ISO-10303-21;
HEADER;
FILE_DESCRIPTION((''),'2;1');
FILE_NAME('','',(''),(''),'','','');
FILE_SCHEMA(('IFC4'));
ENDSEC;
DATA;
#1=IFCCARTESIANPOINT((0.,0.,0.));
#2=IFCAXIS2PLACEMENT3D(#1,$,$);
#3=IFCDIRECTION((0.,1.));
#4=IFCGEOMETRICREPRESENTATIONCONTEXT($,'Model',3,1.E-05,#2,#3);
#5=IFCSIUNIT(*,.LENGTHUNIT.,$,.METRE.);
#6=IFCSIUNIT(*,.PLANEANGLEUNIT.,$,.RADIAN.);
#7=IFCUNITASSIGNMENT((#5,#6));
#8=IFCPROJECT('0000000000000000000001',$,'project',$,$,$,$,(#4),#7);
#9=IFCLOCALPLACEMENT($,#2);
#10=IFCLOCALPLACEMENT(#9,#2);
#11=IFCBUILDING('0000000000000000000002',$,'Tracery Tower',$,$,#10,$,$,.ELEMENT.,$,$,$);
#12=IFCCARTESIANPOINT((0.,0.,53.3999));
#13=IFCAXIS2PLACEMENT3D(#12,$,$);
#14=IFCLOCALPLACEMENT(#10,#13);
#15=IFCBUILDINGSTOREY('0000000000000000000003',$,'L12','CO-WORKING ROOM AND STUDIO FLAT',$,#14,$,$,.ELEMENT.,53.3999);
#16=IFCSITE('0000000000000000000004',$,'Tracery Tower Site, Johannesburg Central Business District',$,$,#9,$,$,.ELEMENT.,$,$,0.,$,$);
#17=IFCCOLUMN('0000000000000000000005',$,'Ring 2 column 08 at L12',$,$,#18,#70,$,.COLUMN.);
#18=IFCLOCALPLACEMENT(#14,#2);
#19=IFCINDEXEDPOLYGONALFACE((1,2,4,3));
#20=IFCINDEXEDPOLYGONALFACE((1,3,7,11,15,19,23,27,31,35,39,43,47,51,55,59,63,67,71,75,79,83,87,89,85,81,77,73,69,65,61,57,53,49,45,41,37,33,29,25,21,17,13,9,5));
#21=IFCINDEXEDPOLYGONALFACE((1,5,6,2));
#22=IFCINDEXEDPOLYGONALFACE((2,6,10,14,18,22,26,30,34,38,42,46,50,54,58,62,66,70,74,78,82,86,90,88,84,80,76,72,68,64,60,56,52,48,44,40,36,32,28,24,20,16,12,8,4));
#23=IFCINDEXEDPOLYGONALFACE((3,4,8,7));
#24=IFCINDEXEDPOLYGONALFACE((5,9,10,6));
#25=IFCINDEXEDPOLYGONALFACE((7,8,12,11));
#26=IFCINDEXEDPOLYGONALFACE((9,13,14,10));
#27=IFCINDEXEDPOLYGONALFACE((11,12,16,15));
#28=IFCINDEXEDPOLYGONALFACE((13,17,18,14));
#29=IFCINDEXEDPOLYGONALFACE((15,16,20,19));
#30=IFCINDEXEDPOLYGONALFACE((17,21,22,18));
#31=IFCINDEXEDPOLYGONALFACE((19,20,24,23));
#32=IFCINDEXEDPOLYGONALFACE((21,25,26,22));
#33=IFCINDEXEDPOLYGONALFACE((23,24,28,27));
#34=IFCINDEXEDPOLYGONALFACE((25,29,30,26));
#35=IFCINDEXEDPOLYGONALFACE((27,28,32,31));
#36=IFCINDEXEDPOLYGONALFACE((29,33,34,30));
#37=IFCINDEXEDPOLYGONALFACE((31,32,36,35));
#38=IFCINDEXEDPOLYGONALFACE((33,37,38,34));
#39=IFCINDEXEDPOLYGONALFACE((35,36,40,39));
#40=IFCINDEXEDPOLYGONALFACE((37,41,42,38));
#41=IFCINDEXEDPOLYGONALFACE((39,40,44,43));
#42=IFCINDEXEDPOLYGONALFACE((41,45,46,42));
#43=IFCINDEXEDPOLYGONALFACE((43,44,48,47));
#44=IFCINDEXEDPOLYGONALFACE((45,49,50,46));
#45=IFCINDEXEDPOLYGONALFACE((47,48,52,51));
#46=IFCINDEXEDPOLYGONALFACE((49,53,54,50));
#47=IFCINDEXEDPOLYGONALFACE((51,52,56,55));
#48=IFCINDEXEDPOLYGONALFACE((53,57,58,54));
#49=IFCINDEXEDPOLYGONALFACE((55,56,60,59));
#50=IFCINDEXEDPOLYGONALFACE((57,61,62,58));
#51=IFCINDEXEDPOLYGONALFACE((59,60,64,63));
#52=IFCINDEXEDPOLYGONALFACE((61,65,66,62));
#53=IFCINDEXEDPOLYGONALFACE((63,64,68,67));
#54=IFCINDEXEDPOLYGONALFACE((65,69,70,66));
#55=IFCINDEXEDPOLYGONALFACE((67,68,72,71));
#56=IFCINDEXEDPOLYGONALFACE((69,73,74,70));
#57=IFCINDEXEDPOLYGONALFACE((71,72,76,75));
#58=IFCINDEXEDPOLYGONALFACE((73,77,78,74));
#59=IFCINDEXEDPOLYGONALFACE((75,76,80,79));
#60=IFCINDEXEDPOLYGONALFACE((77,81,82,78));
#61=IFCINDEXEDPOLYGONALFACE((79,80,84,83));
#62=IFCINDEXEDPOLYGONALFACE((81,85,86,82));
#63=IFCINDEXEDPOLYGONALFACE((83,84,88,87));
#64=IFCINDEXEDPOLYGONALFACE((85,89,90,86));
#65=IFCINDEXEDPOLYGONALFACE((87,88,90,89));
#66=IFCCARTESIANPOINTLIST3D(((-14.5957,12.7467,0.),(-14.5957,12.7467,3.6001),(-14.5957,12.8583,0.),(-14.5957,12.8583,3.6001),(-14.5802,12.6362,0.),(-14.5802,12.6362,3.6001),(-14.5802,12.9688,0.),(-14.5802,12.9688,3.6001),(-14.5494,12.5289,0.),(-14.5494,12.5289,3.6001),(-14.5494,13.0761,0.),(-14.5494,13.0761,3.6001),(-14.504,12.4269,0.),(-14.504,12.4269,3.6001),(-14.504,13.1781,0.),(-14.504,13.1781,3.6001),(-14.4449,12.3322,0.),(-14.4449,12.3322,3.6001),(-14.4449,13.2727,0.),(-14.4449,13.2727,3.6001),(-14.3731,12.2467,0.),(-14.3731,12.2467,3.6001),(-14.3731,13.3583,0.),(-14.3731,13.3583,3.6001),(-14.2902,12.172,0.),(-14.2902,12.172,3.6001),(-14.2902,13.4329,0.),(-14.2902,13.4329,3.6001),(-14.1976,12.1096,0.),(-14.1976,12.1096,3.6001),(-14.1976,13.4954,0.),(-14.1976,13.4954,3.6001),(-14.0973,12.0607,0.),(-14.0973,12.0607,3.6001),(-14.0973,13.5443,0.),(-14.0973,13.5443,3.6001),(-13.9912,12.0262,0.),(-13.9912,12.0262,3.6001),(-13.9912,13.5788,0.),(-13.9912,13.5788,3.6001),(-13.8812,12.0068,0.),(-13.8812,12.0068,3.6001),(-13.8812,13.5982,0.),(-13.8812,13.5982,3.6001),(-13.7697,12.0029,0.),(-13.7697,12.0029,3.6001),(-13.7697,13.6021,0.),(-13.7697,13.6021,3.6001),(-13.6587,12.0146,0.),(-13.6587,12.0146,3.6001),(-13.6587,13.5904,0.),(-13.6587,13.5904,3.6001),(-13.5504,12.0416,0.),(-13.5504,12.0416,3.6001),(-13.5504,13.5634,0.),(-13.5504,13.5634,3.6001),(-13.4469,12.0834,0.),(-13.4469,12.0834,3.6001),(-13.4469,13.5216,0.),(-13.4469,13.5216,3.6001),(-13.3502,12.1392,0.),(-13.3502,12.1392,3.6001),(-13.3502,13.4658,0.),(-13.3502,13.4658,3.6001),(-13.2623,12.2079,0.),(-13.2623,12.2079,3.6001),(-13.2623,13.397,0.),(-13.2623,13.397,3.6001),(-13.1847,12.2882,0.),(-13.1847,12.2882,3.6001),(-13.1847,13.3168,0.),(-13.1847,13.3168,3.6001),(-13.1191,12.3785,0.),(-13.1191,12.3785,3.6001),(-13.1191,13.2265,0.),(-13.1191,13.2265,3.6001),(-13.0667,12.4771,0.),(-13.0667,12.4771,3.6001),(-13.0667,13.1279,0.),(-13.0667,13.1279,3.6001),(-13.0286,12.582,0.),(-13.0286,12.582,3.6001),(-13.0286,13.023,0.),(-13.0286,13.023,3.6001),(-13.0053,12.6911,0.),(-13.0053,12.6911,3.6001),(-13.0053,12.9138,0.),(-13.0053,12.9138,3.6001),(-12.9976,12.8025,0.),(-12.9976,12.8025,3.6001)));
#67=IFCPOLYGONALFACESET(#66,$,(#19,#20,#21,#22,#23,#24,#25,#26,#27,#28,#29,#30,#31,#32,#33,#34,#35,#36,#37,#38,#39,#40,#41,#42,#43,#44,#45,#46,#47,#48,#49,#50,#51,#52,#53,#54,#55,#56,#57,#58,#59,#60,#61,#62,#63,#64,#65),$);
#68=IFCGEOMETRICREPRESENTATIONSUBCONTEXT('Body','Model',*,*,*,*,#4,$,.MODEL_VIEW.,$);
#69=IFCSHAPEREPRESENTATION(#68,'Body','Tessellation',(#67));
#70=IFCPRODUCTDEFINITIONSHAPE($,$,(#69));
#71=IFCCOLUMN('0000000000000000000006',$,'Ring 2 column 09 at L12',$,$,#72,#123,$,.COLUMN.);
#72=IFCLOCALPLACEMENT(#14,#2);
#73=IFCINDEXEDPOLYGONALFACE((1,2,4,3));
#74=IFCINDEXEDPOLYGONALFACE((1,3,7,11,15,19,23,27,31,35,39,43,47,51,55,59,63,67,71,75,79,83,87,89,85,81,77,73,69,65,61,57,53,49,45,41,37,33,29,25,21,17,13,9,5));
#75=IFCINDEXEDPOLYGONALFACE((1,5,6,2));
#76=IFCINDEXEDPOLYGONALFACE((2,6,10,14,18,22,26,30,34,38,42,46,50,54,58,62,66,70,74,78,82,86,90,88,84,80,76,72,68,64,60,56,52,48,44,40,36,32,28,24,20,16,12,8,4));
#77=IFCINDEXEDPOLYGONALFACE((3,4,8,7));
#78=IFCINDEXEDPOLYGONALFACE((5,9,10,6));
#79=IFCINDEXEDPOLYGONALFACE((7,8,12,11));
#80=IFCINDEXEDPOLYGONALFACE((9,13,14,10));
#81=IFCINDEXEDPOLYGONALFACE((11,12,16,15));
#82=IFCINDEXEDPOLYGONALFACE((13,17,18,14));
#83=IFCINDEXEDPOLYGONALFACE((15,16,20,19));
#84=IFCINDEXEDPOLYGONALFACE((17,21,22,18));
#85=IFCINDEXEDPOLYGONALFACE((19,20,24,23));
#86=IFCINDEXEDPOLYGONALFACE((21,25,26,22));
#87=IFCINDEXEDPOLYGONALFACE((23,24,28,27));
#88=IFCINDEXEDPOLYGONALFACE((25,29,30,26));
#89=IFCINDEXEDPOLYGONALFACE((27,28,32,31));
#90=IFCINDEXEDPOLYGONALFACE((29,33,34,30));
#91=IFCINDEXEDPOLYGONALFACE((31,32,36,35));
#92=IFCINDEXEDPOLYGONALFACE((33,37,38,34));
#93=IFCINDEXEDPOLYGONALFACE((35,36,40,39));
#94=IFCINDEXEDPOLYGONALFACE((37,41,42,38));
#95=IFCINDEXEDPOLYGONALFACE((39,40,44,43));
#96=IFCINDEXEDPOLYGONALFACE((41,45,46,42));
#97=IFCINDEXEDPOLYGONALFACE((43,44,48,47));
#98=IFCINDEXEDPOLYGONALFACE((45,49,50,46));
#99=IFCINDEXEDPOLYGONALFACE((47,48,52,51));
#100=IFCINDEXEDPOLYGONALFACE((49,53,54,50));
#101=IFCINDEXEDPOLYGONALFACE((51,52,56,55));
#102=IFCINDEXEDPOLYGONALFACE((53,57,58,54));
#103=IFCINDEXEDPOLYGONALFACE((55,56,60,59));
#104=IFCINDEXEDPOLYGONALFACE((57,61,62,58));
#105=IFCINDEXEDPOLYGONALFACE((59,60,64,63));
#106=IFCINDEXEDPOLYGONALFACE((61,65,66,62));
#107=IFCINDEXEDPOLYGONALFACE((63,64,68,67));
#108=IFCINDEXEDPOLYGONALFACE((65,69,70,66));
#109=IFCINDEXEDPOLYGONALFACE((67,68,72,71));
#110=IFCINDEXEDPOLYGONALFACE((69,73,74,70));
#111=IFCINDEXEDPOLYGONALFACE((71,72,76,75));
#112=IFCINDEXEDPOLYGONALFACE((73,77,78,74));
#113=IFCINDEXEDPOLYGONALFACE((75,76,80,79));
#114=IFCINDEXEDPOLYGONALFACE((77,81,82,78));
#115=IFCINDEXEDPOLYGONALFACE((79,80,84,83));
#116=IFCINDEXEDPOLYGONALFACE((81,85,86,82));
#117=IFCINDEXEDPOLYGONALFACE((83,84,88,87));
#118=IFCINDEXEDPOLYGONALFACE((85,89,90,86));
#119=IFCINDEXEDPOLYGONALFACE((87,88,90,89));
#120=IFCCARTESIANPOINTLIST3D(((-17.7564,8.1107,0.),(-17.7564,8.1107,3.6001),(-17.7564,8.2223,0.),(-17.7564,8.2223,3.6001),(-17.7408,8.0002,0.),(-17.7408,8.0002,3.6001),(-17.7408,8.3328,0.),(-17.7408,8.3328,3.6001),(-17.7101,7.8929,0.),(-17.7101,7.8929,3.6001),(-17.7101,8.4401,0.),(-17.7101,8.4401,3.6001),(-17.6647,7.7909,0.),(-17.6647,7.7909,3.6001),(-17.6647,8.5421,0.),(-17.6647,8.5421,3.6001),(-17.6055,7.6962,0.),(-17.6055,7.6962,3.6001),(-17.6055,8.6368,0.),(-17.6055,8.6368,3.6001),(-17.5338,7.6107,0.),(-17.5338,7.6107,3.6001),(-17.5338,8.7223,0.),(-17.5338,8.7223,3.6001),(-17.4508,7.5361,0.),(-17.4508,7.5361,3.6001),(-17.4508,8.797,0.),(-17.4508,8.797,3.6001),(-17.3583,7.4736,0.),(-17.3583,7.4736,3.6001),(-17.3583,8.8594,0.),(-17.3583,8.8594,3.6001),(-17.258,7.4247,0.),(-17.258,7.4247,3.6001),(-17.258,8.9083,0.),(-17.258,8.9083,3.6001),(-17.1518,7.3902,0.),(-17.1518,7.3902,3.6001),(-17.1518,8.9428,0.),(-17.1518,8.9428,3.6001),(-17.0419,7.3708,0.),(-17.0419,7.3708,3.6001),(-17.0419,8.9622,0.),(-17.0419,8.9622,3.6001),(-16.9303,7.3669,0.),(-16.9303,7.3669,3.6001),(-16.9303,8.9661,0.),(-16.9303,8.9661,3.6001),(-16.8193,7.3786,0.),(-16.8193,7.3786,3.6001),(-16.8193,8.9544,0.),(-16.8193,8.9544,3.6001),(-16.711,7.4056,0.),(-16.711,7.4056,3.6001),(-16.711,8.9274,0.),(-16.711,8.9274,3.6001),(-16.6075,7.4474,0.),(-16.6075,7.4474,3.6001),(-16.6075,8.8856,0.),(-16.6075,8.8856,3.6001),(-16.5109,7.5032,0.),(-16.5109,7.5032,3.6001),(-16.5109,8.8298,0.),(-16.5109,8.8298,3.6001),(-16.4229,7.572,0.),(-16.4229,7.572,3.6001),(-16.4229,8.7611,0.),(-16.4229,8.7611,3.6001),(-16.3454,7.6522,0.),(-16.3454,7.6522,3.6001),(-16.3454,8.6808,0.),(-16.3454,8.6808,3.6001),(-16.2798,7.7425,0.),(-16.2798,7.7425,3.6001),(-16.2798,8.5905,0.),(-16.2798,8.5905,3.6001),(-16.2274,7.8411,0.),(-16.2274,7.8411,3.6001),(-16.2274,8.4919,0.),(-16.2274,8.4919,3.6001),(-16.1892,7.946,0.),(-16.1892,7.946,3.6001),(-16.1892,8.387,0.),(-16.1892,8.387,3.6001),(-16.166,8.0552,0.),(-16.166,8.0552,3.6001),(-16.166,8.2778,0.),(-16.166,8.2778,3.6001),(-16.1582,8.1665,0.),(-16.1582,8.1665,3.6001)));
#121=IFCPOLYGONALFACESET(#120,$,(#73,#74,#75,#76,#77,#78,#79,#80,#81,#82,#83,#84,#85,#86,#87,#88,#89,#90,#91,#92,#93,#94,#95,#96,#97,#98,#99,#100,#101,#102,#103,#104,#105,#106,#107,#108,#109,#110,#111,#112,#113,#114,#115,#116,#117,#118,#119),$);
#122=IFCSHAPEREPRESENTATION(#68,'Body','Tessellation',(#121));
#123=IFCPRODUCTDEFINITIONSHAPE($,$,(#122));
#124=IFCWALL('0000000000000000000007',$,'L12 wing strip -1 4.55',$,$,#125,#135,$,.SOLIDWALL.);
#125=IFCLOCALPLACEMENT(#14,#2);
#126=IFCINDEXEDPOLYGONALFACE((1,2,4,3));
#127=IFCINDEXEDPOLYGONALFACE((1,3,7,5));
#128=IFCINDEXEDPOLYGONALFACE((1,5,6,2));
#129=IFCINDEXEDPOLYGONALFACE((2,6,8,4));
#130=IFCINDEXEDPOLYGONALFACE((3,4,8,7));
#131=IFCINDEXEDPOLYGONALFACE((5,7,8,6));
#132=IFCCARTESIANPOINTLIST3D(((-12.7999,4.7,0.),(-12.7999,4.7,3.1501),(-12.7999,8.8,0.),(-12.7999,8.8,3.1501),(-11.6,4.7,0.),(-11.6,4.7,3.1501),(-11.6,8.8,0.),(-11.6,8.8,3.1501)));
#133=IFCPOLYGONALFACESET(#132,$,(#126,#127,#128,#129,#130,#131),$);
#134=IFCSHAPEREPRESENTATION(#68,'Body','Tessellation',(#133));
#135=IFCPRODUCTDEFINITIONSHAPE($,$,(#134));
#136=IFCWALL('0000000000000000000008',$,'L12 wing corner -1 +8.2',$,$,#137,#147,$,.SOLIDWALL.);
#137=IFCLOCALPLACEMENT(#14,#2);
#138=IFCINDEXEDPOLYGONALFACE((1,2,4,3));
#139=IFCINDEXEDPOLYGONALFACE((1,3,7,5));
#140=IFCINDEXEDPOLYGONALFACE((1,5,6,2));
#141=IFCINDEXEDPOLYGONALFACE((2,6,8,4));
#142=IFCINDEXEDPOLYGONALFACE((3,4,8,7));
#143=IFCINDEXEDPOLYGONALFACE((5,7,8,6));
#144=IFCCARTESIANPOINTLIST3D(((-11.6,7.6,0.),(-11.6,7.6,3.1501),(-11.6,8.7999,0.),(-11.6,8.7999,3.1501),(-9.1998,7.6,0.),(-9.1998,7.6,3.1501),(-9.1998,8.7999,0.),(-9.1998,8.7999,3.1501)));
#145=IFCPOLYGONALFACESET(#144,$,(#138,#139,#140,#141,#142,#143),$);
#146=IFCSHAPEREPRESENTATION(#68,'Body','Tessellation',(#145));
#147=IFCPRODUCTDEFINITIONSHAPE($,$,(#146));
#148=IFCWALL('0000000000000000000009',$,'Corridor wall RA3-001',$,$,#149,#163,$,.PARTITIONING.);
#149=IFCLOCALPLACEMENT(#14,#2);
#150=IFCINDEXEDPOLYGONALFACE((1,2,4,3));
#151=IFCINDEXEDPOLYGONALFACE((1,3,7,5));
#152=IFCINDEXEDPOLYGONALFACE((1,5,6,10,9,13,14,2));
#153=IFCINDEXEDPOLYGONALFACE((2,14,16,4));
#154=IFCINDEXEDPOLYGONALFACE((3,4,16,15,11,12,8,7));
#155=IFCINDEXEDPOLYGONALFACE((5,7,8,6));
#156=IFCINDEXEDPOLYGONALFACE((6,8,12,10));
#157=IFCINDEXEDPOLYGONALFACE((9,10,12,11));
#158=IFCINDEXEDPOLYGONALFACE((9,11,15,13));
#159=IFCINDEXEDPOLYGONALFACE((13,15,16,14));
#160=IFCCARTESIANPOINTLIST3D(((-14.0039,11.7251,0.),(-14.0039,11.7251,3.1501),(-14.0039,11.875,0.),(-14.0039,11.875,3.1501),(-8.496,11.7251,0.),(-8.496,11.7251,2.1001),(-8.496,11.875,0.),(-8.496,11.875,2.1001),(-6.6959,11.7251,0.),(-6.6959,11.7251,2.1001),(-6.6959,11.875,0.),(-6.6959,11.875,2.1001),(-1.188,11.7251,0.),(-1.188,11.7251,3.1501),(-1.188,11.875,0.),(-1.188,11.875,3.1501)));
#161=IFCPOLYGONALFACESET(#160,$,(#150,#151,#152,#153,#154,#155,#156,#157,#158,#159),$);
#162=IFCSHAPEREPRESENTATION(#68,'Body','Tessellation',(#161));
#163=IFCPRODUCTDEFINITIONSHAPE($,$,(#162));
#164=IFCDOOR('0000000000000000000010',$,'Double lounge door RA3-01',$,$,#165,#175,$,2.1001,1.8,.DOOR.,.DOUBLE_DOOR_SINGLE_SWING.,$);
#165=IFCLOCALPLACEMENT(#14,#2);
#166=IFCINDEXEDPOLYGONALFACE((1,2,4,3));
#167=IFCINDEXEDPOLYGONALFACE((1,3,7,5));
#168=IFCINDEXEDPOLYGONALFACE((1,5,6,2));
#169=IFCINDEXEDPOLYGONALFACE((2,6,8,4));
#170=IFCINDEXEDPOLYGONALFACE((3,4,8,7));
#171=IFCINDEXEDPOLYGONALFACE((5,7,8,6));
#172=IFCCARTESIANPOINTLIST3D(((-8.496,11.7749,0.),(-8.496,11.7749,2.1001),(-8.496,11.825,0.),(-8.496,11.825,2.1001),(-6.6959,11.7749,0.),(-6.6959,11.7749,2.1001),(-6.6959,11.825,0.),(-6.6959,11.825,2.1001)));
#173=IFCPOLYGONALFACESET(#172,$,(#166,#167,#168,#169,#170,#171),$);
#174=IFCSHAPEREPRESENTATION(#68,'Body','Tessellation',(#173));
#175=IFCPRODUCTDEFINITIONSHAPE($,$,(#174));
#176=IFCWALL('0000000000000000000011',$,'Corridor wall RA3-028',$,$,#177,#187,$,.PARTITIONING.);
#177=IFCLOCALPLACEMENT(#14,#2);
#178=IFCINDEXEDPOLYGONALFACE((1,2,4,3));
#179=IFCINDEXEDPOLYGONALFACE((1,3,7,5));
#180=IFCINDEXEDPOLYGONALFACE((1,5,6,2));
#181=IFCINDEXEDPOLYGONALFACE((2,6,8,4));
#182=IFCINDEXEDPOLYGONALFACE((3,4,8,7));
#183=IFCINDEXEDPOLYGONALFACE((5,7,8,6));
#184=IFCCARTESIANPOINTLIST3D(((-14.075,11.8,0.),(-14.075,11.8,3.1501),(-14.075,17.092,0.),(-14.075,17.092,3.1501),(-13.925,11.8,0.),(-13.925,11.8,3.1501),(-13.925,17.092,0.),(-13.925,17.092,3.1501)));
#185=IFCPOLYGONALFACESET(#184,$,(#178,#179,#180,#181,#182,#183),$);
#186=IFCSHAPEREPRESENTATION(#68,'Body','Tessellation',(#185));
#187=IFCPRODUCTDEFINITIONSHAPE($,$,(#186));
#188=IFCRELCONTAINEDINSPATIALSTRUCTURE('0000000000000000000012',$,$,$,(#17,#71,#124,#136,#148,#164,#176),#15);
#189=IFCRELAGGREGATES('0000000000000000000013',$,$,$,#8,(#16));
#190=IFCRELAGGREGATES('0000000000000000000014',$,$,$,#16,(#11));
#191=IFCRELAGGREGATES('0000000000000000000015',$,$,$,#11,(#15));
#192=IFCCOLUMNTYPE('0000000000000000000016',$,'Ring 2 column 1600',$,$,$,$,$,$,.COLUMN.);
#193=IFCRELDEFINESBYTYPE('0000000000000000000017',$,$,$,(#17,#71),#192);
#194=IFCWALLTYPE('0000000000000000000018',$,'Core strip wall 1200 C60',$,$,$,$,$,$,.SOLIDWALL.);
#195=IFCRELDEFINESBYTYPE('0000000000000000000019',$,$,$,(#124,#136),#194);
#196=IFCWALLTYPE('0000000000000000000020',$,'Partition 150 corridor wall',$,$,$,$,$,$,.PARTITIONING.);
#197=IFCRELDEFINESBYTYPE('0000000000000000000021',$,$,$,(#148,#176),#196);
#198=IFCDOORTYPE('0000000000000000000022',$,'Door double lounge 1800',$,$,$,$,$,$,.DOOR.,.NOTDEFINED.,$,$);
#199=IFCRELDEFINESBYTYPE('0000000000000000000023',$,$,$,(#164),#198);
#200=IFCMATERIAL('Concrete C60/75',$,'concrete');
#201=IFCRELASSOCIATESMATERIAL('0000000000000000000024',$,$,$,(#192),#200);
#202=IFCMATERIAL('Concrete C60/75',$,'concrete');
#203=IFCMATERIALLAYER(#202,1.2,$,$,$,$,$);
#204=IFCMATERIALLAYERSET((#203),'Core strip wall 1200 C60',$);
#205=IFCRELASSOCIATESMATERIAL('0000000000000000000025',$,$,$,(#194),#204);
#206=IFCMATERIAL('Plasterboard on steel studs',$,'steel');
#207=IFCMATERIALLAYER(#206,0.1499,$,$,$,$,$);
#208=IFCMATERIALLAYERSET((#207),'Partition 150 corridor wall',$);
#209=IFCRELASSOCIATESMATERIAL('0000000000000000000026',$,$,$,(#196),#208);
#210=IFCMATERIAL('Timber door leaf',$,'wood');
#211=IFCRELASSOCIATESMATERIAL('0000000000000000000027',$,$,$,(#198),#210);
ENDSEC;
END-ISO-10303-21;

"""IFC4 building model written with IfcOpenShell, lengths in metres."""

from ifc_helpers import new_model, si_unit, direction, frame, frame_2d, origin, origin_2d, place, context, subcontext, project, spatial, rectangle, circle, extrude, material, layer, layer_set, material_profile, profile_set, type_object, element, fill, save


model = new_model("IFC4")

# Units and contexts
model_context = context("Model", 3, precision=1e-05, world=origin(), true_north=direction((0.0, 1.0)))
body_context = subcontext(model_context, "Body", "Model", "MODEL_VIEW")
ifc_project = project(units=[si_unit("LENGTHUNIT", "METRE"), si_unit("PLANEANGLEUNIT", "RADIAN")], contexts=[model_context])

# Site, building, storey
site_placement = place(None, origin())
site = spatial("IfcSite", under=ifc_project, at=site_placement, Name="Tracery Tower Site, Johannesburg Central Business District", CompositionType="ELEMENT", RefElevation=0.0)
building_placement = place(site_placement, origin())
building = spatial("IfcBuilding", under=site, at=building_placement, Name="Tracery Tower", CompositionType="ELEMENT")
storey_placement = place(building_placement, frame((0.0, 0.0, 53.3999)))
storey = spatial("IfcBuildingStorey", under=building, at=storey_placement, Name="L12", Description="CO-WORKING ROOM AND STUDIO FLAT", CompositionType="ELEMENT", Elevation=53.3999)

# Columns
ifc_material_1 = material(Name="Concrete C60/75", Category="concrete")
ifc_material_profile = material_profile(ifc_material_1, circle(Radius=0.8, at=origin_2d()), Name="RC D1600")
ifc_profile_set = profile_set([ifc_material_profile], Name="Concrete C60/75")
column_type = type_object("IfcColumnType", Name="Ring 2 column 1600", PredefinedType="COLUMN", material=ifc_profile_set)
for number, where, z_axis, x_axis, name in (
    (1, (-13.7976, 12.8025, 0.0), (0.0, 0.0, 1.0), (1.0, 0.0, 0.0), "Ring 2 column 08 at L12"),
    (2, (-16.9583, 8.1665, 0.0), (0.0, 0.0, 1.0), (1.0, 0.0, 0.0), "Ring 2 column 09 at L12"),
):
    element("IfcColumn", number, at=place(storey_placement, frame(where, z_axis=z_axis, x_axis=x_axis)), inside=storey, type_object=column_type, Name=name, PredefinedType="COLUMN", context=body_context, shape_type="SweptSolid", body=[
        extrude(circle(Radius=0.8, at=origin_2d()), origin(), (0.0, 0.0, 1.0), 3.6001),
    ])

# Walls
ifc_material_2 = material(Name="Concrete C60/75", Category="concrete")
ifc_layer_1 = layer(ifc_material_2, 1.2)
ifc_layer_set_1 = layer_set([ifc_layer_1], Name="Core strip wall 1200 C60")
wall_type_1 = type_object("IfcWallType", Name="Core strip wall 1200 C60", PredefinedType="SOLIDWALL", material=ifc_layer_set_1)
wall_1_placement = place(storey_placement, frame((-12.2, 4.7, 0.0), z_axis=(0.0, 0.0, 1.0), x_axis=(0.0, 1.0, 0.0)))
element("IfcWall", 3, at=wall_1_placement, inside=storey, type_object=wall_type_1, Name="L12 wing strip -1 4.55", PredefinedType="SOLIDWALL", context=body_context, shape_type="SweptSolid", body=[
    extrude(rectangle(XDim=4.1001, YDim=1.2, at=frame_2d((2.05, 0.0))), origin(), (0.0, 0.0, 1.0), 3.1501),
])
wall_2_placement = place(storey_placement, frame((-11.6001, 8.2, 0.0), z_axis=(0.0, 0.0, 1.0), x_axis=(1.0, 0.0, 0.0)))
element("IfcWall", 4, at=wall_2_placement, inside=storey, type_object=wall_type_1, Name="L12 wing corner -1 +8.2", PredefinedType="SOLIDWALL", context=body_context, shape_type="SweptSolid", body=[
    extrude(rectangle(XDim=2.4001, YDim=1.2, at=frame_2d((1.2002, 0.0))), origin(), (0.0, 0.0, 1.0), 3.1501),
])

# Wall, opening, door
ifc_material_3 = material(Name="Plasterboard on steel studs", Category="steel")
ifc_layer_2 = layer(ifc_material_3, 0.1499)
ifc_layer_set_2 = layer_set([ifc_layer_2], Name="Partition 150 corridor wall")
wall_type_2 = type_object("IfcWallType", Name="Partition 150 corridor wall", PredefinedType="PARTITIONING", material=ifc_layer_set_2)
wall_3_placement = place(storey_placement, frame((-14.0039, 11.8, 0.0), z_axis=(0.0, 0.0, 1.0), x_axis=(1.0, 0.0, 0.0)))
wall_3 = element("IfcWall", 5, at=wall_3_placement, inside=storey, type_object=wall_type_2, Name="Corridor wall RA3-001", PredefinedType="PARTITIONING", context=body_context, shape_type="SweptSolid", body=[
    extrude(rectangle(XDim=12.8159, YDim=0.1499, at=frame_2d((6.408, 0.0))), origin(), (0.0, 0.0, 1.0), 3.1501),
])
opening_1_placement = place(wall_3_placement, frame((5.5081, 0.0, 0.0)))
opening_1 = element("IfcOpeningElement", 6, at=opening_1_placement, cuts=wall_3, PredefinedType="OPENING", context=body_context, shape_type="SweptSolid", body=[
    extrude(rectangle(XDim=1.8, YDim=2.1001, at=frame_2d((0.8999, 1.05))), frame((0.0, 0.075, 0.0), z_axis=(0.0, -1.0, 0.0), x_axis=(1.0, 0.0, 0.0)), (0.0, 0.0, 1.0), 0.1499),
])
ifc_material_4 = material(Name="Timber door leaf", Category="wood")
door_type_1 = type_object("IfcDoorType", Name="Door double lounge 1800", OperationType="NOTDEFINED", PredefinedType="DOOR", material=ifc_material_4)
door_1_placement = place(opening_1_placement, origin())
door_1 = element("IfcDoor", 7, at=door_1_placement, inside=storey, type_object=door_type_1, Name="Double lounge door RA3-01", OperationType="DOUBLE_DOOR_SINGLE_SWING", OverallHeight=2.1001, OverallWidth=1.8, PredefinedType="DOOR", context=body_context, shape_type="SweptSolid", body=[
    extrude(rectangle(XDim=1.8, YDim=2.1001, at=frame_2d((0.8999, 1.05))), frame((0.0, 0.0249, 0.0), z_axis=(0.0, -1.0, 0.0), x_axis=(1.0, 0.0, 0.0)), (0.0, 0.0, 1.0), 0.05),
])
fill(opening_1, door_1)

# Wall
wall_4_placement = place(storey_placement, frame((-14.0, 11.8, 0.0), z_axis=(0.0, 0.0, 1.0), x_axis=(0.0, 1.0, 0.0)))
element("IfcWall", 8, at=wall_4_placement, inside=storey, type_object=wall_type_2, Name="Corridor wall RA3-028", PredefinedType="PARTITIONING", context=body_context, shape_type="SweptSolid", body=[
    extrude(rectangle(XDim=5.292, YDim=0.1499, at=frame_2d((2.646, 0.0))), origin(), (0.0, 0.0, 1.0), 3.1501),
])

save(model, "model.ifc")
